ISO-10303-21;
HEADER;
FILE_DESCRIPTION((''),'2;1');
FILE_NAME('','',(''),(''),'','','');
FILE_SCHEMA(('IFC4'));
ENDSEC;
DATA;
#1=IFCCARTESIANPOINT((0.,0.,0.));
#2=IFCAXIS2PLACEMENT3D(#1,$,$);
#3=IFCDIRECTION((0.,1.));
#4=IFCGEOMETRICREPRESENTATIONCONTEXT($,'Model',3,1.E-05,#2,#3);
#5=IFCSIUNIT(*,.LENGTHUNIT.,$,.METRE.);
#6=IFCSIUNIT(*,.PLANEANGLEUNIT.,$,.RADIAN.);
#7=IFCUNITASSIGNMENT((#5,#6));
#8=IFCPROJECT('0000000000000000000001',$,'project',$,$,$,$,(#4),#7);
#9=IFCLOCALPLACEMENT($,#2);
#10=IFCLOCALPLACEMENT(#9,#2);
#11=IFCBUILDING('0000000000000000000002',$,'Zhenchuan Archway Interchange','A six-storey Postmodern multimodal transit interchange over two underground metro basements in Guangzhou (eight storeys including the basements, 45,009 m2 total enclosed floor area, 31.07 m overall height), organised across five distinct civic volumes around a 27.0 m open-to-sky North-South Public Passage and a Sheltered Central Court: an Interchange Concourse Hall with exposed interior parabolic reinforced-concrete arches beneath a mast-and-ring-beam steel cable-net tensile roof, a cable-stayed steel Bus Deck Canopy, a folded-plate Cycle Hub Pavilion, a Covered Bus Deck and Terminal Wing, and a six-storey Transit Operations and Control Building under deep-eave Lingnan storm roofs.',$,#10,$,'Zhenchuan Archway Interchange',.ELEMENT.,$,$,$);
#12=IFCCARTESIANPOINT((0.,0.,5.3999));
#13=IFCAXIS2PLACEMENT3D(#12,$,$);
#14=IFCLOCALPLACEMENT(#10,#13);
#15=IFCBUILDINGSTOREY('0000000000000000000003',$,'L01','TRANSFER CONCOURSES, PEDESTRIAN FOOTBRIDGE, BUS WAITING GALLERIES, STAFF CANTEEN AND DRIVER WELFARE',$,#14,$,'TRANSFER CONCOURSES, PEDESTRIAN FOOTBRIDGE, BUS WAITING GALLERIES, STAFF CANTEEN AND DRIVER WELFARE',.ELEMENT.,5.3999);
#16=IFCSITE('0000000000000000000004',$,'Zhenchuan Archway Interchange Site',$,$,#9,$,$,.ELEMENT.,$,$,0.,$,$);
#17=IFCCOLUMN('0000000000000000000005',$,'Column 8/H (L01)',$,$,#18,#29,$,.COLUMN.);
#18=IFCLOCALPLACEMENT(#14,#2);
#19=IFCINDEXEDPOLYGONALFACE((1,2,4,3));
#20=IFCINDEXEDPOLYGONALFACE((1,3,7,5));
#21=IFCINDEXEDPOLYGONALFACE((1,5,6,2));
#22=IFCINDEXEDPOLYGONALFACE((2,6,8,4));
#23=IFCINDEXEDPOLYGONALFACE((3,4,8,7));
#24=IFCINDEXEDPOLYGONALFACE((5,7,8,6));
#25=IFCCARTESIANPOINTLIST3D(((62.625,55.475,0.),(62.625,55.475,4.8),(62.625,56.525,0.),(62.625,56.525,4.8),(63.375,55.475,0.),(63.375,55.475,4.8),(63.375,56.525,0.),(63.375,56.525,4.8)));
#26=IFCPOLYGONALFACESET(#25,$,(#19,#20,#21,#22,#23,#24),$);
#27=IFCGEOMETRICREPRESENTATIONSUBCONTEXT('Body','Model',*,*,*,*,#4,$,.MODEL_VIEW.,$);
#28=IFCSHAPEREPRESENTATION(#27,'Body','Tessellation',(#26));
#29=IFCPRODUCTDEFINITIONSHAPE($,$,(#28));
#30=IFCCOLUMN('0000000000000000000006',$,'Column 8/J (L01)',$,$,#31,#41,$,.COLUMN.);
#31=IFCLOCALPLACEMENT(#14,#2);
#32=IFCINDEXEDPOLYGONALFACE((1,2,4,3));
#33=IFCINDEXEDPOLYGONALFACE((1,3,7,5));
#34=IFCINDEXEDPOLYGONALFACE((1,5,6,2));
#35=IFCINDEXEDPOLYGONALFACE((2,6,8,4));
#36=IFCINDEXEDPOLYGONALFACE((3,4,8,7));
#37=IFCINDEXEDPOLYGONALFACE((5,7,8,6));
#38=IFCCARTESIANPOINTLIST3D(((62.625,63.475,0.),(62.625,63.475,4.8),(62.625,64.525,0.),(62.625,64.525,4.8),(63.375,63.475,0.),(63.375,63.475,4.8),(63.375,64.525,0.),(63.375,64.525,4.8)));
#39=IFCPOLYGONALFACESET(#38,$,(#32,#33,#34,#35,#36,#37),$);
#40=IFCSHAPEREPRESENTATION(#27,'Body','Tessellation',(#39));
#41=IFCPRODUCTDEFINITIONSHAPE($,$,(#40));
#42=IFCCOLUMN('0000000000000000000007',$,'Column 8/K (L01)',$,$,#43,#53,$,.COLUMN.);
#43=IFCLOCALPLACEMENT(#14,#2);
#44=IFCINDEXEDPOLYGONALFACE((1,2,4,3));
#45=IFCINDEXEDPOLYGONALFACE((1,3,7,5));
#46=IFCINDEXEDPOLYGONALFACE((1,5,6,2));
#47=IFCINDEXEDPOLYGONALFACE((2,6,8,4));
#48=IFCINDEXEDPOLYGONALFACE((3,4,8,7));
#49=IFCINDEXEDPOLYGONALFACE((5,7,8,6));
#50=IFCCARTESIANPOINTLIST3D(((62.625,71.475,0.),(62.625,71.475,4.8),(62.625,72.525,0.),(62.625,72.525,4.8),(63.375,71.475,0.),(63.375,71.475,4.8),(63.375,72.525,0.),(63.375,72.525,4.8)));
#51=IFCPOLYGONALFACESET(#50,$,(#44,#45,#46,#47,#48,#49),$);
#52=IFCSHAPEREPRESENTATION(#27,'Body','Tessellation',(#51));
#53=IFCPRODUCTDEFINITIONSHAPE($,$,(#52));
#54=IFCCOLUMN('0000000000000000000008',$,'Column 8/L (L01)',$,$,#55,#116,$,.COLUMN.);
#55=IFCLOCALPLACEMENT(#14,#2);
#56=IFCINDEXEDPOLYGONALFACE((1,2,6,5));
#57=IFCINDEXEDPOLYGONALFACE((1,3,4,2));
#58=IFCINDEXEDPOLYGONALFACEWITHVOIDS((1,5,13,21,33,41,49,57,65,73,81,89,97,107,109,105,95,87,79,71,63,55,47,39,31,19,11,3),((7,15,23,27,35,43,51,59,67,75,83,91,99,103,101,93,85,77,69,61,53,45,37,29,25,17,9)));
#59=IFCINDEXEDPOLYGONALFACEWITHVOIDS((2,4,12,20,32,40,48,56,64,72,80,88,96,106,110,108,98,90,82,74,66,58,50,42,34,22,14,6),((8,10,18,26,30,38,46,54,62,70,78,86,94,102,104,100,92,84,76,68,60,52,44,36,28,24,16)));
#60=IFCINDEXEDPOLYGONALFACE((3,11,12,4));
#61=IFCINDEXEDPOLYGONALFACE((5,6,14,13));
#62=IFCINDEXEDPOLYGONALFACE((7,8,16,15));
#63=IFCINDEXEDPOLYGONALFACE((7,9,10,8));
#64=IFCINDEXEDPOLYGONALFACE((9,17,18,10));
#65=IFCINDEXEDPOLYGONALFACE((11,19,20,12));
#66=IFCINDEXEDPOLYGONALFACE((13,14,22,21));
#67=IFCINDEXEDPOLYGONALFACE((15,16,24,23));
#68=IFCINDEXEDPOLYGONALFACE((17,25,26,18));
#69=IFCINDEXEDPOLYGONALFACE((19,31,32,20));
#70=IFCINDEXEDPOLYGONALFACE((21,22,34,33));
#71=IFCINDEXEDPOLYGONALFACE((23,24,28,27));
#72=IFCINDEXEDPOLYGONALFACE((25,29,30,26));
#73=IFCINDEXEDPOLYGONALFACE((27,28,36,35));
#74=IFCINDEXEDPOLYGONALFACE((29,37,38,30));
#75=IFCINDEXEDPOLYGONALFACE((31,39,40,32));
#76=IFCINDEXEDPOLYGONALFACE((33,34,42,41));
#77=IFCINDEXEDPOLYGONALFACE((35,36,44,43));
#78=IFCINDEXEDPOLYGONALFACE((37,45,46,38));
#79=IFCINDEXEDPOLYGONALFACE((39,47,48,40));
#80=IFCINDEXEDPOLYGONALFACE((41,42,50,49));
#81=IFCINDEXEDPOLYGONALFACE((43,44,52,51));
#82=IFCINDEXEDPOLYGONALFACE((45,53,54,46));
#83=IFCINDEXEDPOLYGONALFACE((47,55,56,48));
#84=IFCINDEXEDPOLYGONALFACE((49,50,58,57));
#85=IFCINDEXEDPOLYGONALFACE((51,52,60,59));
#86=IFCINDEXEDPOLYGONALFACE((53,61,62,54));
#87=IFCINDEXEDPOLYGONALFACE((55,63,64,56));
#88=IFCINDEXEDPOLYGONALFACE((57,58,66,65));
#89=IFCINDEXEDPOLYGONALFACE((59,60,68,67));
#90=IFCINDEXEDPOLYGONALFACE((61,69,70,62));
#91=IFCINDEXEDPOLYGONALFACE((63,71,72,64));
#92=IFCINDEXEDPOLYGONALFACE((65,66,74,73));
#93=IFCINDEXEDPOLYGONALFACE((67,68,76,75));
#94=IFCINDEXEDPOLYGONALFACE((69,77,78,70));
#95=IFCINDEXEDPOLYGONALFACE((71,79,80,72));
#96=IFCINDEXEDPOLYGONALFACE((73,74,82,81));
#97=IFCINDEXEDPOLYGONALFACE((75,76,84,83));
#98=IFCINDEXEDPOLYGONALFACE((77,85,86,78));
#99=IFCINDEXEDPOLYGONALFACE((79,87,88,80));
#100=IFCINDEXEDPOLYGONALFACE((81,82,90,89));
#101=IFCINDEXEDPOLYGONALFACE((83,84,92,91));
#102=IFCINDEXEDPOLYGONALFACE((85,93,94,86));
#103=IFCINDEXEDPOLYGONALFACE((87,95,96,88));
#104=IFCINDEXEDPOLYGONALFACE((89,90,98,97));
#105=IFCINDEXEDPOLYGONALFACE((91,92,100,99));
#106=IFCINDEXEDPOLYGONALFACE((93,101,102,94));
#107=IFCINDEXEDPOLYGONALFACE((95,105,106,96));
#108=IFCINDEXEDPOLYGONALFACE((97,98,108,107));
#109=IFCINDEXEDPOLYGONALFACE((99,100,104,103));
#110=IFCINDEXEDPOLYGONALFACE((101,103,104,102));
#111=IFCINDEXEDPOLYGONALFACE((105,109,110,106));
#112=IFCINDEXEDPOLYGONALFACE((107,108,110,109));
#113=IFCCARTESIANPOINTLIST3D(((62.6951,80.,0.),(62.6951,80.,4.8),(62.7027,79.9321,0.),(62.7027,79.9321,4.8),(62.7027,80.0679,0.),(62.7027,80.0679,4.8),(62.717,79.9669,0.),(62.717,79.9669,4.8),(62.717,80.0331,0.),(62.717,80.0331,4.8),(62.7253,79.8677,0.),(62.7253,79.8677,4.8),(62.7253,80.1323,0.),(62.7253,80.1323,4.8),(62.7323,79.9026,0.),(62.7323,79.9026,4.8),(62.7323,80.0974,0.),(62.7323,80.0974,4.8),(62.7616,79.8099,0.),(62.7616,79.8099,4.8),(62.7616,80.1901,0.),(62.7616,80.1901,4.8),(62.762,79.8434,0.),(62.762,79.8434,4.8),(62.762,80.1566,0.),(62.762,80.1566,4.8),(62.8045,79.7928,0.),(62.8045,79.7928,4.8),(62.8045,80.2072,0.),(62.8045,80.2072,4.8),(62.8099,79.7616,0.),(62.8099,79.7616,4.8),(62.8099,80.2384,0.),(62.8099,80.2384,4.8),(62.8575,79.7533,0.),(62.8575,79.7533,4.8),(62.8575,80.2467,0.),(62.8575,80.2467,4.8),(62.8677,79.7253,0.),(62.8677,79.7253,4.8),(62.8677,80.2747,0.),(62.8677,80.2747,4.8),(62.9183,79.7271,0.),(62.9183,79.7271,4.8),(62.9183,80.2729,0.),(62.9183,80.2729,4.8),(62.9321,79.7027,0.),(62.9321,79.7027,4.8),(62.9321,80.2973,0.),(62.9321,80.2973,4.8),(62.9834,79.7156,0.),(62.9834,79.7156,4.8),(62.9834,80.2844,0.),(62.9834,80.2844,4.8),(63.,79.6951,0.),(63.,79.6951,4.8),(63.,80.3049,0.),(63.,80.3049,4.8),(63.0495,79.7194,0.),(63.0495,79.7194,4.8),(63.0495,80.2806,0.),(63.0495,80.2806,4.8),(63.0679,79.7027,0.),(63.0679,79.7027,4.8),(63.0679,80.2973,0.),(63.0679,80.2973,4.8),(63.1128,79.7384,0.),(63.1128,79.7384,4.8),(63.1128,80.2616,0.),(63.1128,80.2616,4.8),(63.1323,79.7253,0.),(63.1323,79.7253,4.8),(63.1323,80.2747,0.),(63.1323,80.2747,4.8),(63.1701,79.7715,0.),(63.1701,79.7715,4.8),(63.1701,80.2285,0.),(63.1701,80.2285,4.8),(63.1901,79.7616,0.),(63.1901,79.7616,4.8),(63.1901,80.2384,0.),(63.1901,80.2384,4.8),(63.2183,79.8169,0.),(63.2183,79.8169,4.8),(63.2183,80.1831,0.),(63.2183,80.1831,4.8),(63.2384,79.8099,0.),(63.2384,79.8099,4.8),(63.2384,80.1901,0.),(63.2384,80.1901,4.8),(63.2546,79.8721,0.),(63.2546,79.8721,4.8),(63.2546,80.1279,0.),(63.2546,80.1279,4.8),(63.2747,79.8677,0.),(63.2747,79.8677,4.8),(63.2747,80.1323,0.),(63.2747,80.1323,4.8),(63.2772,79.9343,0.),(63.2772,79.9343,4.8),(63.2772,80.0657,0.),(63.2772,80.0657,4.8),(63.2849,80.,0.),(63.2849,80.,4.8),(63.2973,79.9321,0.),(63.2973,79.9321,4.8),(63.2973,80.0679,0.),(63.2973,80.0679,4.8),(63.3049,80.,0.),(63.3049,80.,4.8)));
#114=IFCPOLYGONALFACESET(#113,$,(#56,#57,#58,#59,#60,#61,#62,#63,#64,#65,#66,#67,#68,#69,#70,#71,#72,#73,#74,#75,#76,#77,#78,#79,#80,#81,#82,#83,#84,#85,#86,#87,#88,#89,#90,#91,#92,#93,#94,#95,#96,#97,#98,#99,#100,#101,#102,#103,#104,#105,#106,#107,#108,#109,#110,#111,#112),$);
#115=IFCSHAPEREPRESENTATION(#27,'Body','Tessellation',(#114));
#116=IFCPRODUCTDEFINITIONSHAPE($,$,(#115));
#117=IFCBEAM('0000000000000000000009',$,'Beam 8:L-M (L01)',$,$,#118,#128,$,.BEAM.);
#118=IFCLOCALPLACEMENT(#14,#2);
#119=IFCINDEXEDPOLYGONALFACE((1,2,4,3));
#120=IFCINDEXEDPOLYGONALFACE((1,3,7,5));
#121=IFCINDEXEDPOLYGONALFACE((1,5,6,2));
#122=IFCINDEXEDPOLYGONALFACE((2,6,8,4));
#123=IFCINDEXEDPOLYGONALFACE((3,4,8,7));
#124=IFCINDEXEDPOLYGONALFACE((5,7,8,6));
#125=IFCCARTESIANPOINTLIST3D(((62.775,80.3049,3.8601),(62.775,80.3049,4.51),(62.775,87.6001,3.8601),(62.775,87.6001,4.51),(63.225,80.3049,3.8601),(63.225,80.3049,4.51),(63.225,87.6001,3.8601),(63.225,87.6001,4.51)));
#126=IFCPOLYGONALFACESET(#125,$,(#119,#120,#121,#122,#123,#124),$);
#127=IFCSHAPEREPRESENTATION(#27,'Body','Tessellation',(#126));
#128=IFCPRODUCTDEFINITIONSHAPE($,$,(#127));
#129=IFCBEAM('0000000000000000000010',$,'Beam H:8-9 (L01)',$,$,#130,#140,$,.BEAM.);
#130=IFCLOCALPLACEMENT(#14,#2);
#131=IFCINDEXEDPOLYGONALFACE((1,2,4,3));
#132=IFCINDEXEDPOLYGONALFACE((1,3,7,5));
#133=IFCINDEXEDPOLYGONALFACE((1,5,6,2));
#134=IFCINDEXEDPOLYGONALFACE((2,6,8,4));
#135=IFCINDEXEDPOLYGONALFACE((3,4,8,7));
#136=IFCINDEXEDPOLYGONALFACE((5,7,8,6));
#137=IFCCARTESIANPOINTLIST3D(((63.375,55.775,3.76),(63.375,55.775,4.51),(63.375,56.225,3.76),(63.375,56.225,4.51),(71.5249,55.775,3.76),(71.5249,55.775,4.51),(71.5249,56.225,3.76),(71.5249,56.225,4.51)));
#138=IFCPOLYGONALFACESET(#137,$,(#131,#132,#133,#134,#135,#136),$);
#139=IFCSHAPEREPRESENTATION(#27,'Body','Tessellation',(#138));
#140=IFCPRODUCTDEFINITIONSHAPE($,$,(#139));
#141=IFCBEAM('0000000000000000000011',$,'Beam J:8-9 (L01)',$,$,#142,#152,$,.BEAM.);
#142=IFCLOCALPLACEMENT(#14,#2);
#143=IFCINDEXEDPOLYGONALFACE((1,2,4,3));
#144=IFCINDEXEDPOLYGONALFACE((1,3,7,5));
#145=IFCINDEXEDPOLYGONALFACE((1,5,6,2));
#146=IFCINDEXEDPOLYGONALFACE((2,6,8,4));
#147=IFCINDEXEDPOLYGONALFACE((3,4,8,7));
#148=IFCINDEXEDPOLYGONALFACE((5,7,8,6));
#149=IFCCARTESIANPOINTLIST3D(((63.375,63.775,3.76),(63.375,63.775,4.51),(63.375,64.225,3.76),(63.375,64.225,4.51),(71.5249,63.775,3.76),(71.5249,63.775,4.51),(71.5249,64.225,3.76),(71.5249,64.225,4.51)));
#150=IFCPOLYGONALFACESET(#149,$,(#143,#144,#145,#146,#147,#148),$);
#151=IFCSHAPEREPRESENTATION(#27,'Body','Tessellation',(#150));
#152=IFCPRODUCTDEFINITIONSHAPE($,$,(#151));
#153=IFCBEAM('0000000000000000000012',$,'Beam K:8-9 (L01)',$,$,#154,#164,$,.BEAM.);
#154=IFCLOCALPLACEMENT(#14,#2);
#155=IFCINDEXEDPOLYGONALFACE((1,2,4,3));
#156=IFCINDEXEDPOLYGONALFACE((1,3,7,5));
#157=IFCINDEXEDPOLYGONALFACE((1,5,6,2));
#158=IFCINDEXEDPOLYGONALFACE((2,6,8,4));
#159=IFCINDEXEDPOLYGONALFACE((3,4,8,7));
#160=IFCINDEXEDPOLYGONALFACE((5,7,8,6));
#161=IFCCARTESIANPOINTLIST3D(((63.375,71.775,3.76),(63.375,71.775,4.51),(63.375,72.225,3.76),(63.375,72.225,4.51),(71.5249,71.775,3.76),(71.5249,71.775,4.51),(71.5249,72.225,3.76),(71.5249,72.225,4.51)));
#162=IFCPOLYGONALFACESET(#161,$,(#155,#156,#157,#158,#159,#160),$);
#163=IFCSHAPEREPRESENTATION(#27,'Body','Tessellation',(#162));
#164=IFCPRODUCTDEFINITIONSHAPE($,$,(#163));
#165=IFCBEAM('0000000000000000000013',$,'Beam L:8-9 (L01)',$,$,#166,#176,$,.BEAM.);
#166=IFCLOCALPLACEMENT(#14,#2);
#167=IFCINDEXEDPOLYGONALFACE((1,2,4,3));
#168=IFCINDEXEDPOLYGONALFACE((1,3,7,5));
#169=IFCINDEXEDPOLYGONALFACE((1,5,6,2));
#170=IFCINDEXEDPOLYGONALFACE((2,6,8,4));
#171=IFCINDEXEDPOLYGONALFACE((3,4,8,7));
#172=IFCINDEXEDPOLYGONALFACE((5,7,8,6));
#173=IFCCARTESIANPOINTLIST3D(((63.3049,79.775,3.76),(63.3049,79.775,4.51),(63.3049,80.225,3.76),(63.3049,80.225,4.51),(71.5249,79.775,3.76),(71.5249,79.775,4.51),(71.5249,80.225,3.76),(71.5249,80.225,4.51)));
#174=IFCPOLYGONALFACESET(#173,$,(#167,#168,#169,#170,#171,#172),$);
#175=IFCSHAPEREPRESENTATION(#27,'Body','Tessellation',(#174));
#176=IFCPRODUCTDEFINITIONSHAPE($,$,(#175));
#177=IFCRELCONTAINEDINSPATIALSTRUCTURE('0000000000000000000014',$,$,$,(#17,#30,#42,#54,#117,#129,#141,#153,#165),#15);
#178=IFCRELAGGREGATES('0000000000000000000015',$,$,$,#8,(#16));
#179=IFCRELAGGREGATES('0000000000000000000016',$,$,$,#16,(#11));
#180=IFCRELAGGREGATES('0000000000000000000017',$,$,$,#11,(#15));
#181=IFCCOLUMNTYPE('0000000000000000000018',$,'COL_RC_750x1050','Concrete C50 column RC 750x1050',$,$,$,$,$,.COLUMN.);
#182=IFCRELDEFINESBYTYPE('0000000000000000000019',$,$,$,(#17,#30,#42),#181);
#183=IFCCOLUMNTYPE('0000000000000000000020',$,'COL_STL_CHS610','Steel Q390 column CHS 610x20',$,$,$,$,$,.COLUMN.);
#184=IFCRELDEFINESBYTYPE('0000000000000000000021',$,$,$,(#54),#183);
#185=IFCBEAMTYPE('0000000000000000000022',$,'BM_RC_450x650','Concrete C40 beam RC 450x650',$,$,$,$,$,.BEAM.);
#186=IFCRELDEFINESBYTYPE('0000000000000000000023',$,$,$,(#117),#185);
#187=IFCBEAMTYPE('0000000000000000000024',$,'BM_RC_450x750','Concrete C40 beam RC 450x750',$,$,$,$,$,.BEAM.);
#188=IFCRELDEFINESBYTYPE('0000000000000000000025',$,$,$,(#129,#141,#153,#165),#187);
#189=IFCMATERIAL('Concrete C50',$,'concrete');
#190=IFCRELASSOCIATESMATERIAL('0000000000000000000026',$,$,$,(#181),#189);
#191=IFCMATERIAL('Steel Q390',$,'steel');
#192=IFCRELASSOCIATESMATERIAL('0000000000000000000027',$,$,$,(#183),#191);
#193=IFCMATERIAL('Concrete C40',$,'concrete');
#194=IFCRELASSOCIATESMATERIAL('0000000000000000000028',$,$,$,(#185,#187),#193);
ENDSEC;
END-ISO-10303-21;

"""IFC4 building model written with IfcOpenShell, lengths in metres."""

from ifc_helpers import new_model, si_unit, direction, frame, origin, origin_2d, place, context, subcontext, project, spatial, rectangle, hollow_circle, extrude, material, material_profile, profile_set, type_object, element, save


model = new_model("IFC4")

# Units and contexts
model_context = context("Model", 3, precision=1e-05, world=origin(), true_north=direction((0.0, 1.0)))
body_context = subcontext(model_context, "Body", "Model", "MODEL_VIEW")
ifc_project = project(units=[si_unit("LENGTHUNIT", "METRE"), si_unit("PLANEANGLEUNIT", "RADIAN")], contexts=[model_context])

# Site, building, storey
site_placement = place(None, origin())
site = spatial("IfcSite", under=ifc_project, at=site_placement, Name="Zhenchuan Archway Interchange Site", CompositionType="ELEMENT", RefElevation=0.0)
building_placement = place(site_placement, origin())
building = spatial("IfcBuilding", under=site, at=building_placement, Name="Zhenchuan Archway Interchange", Description="A six-storey Postmodern multimodal transit interchange over two underground metro basements in Guangzhou (eight storeys including the basements, 45,009 m2 total enclosed floor area, 31.07 m overall height), organised across five distinct civic volumes around a 27.0 m open-to-sky North-South Public Passage and a Sheltered Central Court: an Interchange Concourse Hall with exposed interior parabolic reinforced-concrete arches beneath a mast-and-ring-beam steel cable-net tensile roof, a cable-stayed steel Bus Deck Canopy, a folded-plate Cycle Hub Pavilion, a Covered Bus Deck and Terminal Wing, and a six-storey Transit Operations and Control Building under deep-eave Lingnan storm roofs.", LongName="Zhenchuan Archway Interchange", CompositionType="ELEMENT")
storey_placement = place(building_placement, frame((0.0, 0.0, 5.3999)))
storey = spatial("IfcBuildingStorey", under=building, at=storey_placement, Name="L01", Description="TRANSFER CONCOURSES, PEDESTRIAN FOOTBRIDGE, BUS WAITING GALLERIES, STAFF CANTEEN AND DRIVER WELFARE", LongName="TRANSFER CONCOURSES, PEDESTRIAN FOOTBRIDGE, BUS WAITING GALLERIES, STAFF CANTEEN AND DRIVER WELFARE", CompositionType="ELEMENT", Elevation=5.3999)

# Columns
ifc_material_1 = material(Name="Concrete C50", Category="concrete")
ifc_material_profile_1 = material_profile(ifc_material_1, rectangle(XDim=0.75, YDim=1.05, at=origin_2d()), Name="RC 750x1050")
ifc_profile_set_1 = profile_set([ifc_material_profile_1], Name="Concrete C50")
column_type_1 = type_object("IfcColumnType", Name="COL_RC_750x1050", Description="Concrete C50 column RC 750x1050", PredefinedType="COLUMN", material=ifc_profile_set_1)
for number, where, z_axis, x_axis, name in (
    (1, (63.0, 56.0, 0.0), (0.0, 0.0, 1.0), (1.0, 0.0, 0.0), "Column 8/H (L01)"),
    (2, (63.0, 64.0, 0.0), (0.0, 0.0, 1.0), (1.0, 0.0, 0.0), "Column 8/J (L01)"),
    (3, (63.0, 72.0, 0.0), (0.0, 0.0, 1.0), (1.0, 0.0, 0.0), "Column 8/K (L01)"),
):
    element("IfcColumn", number, at=place(storey_placement, frame(where, z_axis=z_axis, x_axis=x_axis)), inside=storey, type_object=column_type_1, Name=name, PredefinedType="COLUMN", context=body_context, shape_type="SweptSolid", body=[
        extrude(rectangle(XDim=0.75, YDim=1.05, at=origin_2d()), origin(), (0.0, 0.0, 1.0), 4.8),
    ])
ifc_material_2 = material(Name="Steel Q390", Category="steel")
ifc_material_profile_2 = material_profile(ifc_material_2, hollow_circle(Radius=0.3049, WallThickness=0.02, at=origin_2d()), Name="CHS 610x20")
ifc_profile_set_2 = profile_set([ifc_material_profile_2], Name="Steel Q390")
column_type_2 = type_object("IfcColumnType", Name="COL_STL_CHS610", Description="Steel Q390 column CHS 610x20", PredefinedType="COLUMN", material=ifc_profile_set_2)
column_placement = place(storey_placement, frame((63.0, 80.0, 0.0), z_axis=(0.0, 0.0, 1.0), x_axis=(1.0, 0.0, 0.0)))
element("IfcColumn", 4, at=column_placement, inside=storey, type_object=column_type_2, Name="Column 8/L (L01)", PredefinedType="COLUMN", context=body_context, shape_type="SweptSolid", body=[
    extrude(hollow_circle(Radius=0.3049, WallThickness=0.02, at=origin_2d()), origin(), (0.0, 0.0, 1.0), 4.8),
])

# Beams
ifc_material_3 = material(Name="Concrete C40", Category="concrete")
ifc_material_profile_3 = material_profile(ifc_material_3, rectangle(XDim=0.45, YDim=0.6499, at=origin_2d()), Name="RC 450x650")
ifc_profile_set_3 = profile_set([ifc_material_profile_3], Name="Concrete C40")
beam_type_1 = type_object("IfcBeamType", Name="BM_RC_450x650", Description="Concrete C40 beam RC 450x650", PredefinedType="BEAM", material=ifc_profile_set_3)
beam_1_placement = place(storey_placement, frame((63.0, 80.3049, 4.1851), z_axis=(0.0, 1.0, 0.0), x_axis=(-1.0, 0.0, 0.0)))
element("IfcBeam", 5, at=beam_1_placement, inside=storey, type_object=beam_type_1, Name="Beam 8:L-M (L01)", PredefinedType="BEAM", context=body_context, shape_type="SweptSolid", body=[
    extrude(rectangle(XDim=0.45, YDim=0.6499, at=origin_2d()), origin(), (0.0, 0.0, 1.0), 7.2952),
])
ifc_material_profile_4 = material_profile(ifc_material_3, rectangle(XDim=0.45, YDim=0.75, at=origin_2d()), Name="RC 450x750")
ifc_profile_set_4 = profile_set([ifc_material_profile_4], Name="Concrete C40")
beam_type_2 = type_object("IfcBeamType", Name="BM_RC_450x750", Description="Concrete C40 beam RC 450x750", PredefinedType="BEAM", material=ifc_profile_set_4)
for number, where, z_axis, x_axis, name in (
    (6, (63.375, 56.0, 4.135), (1.0, 0.0, 0.0), (0.0, 1.0, 0.0), "Beam H:8-9 (L01)"),
    (7, (63.375, 64.0, 4.135), (1.0, 0.0, 0.0), (0.0, 1.0, 0.0), "Beam J:8-9 (L01)"),
    (8, (63.375, 72.0, 4.135), (1.0, 0.0, 0.0), (0.0, 1.0, 0.0), "Beam K:8-9 (L01)"),
):
    element("IfcBeam", number, at=place(storey_placement, frame(where, z_axis=z_axis, x_axis=x_axis)), inside=storey, type_object=beam_type_2, Name=name, PredefinedType="BEAM", context=body_context, shape_type="SweptSolid", body=[
        extrude(rectangle(XDim=0.45, YDim=0.75, at=origin_2d()), origin(), (0.0, 0.0, 1.0), 8.1499),
    ])
beam_2_placement = place(storey_placement, frame((63.3049, 80.0, 4.135), z_axis=(1.0, 0.0, 0.0), x_axis=(0.0, 1.0, 0.0)))
element("IfcBeam", 9, at=beam_2_placement, inside=storey, type_object=beam_type_2, Name="Beam L:8-9 (L01)", PredefinedType="BEAM", context=body_context, shape_type="SweptSolid", body=[
    extrude(rectangle(XDim=0.45, YDim=0.75, at=origin_2d()), origin(), (0.0, 0.0, 1.0), 8.22),
])

save(model, "model.ifc")
